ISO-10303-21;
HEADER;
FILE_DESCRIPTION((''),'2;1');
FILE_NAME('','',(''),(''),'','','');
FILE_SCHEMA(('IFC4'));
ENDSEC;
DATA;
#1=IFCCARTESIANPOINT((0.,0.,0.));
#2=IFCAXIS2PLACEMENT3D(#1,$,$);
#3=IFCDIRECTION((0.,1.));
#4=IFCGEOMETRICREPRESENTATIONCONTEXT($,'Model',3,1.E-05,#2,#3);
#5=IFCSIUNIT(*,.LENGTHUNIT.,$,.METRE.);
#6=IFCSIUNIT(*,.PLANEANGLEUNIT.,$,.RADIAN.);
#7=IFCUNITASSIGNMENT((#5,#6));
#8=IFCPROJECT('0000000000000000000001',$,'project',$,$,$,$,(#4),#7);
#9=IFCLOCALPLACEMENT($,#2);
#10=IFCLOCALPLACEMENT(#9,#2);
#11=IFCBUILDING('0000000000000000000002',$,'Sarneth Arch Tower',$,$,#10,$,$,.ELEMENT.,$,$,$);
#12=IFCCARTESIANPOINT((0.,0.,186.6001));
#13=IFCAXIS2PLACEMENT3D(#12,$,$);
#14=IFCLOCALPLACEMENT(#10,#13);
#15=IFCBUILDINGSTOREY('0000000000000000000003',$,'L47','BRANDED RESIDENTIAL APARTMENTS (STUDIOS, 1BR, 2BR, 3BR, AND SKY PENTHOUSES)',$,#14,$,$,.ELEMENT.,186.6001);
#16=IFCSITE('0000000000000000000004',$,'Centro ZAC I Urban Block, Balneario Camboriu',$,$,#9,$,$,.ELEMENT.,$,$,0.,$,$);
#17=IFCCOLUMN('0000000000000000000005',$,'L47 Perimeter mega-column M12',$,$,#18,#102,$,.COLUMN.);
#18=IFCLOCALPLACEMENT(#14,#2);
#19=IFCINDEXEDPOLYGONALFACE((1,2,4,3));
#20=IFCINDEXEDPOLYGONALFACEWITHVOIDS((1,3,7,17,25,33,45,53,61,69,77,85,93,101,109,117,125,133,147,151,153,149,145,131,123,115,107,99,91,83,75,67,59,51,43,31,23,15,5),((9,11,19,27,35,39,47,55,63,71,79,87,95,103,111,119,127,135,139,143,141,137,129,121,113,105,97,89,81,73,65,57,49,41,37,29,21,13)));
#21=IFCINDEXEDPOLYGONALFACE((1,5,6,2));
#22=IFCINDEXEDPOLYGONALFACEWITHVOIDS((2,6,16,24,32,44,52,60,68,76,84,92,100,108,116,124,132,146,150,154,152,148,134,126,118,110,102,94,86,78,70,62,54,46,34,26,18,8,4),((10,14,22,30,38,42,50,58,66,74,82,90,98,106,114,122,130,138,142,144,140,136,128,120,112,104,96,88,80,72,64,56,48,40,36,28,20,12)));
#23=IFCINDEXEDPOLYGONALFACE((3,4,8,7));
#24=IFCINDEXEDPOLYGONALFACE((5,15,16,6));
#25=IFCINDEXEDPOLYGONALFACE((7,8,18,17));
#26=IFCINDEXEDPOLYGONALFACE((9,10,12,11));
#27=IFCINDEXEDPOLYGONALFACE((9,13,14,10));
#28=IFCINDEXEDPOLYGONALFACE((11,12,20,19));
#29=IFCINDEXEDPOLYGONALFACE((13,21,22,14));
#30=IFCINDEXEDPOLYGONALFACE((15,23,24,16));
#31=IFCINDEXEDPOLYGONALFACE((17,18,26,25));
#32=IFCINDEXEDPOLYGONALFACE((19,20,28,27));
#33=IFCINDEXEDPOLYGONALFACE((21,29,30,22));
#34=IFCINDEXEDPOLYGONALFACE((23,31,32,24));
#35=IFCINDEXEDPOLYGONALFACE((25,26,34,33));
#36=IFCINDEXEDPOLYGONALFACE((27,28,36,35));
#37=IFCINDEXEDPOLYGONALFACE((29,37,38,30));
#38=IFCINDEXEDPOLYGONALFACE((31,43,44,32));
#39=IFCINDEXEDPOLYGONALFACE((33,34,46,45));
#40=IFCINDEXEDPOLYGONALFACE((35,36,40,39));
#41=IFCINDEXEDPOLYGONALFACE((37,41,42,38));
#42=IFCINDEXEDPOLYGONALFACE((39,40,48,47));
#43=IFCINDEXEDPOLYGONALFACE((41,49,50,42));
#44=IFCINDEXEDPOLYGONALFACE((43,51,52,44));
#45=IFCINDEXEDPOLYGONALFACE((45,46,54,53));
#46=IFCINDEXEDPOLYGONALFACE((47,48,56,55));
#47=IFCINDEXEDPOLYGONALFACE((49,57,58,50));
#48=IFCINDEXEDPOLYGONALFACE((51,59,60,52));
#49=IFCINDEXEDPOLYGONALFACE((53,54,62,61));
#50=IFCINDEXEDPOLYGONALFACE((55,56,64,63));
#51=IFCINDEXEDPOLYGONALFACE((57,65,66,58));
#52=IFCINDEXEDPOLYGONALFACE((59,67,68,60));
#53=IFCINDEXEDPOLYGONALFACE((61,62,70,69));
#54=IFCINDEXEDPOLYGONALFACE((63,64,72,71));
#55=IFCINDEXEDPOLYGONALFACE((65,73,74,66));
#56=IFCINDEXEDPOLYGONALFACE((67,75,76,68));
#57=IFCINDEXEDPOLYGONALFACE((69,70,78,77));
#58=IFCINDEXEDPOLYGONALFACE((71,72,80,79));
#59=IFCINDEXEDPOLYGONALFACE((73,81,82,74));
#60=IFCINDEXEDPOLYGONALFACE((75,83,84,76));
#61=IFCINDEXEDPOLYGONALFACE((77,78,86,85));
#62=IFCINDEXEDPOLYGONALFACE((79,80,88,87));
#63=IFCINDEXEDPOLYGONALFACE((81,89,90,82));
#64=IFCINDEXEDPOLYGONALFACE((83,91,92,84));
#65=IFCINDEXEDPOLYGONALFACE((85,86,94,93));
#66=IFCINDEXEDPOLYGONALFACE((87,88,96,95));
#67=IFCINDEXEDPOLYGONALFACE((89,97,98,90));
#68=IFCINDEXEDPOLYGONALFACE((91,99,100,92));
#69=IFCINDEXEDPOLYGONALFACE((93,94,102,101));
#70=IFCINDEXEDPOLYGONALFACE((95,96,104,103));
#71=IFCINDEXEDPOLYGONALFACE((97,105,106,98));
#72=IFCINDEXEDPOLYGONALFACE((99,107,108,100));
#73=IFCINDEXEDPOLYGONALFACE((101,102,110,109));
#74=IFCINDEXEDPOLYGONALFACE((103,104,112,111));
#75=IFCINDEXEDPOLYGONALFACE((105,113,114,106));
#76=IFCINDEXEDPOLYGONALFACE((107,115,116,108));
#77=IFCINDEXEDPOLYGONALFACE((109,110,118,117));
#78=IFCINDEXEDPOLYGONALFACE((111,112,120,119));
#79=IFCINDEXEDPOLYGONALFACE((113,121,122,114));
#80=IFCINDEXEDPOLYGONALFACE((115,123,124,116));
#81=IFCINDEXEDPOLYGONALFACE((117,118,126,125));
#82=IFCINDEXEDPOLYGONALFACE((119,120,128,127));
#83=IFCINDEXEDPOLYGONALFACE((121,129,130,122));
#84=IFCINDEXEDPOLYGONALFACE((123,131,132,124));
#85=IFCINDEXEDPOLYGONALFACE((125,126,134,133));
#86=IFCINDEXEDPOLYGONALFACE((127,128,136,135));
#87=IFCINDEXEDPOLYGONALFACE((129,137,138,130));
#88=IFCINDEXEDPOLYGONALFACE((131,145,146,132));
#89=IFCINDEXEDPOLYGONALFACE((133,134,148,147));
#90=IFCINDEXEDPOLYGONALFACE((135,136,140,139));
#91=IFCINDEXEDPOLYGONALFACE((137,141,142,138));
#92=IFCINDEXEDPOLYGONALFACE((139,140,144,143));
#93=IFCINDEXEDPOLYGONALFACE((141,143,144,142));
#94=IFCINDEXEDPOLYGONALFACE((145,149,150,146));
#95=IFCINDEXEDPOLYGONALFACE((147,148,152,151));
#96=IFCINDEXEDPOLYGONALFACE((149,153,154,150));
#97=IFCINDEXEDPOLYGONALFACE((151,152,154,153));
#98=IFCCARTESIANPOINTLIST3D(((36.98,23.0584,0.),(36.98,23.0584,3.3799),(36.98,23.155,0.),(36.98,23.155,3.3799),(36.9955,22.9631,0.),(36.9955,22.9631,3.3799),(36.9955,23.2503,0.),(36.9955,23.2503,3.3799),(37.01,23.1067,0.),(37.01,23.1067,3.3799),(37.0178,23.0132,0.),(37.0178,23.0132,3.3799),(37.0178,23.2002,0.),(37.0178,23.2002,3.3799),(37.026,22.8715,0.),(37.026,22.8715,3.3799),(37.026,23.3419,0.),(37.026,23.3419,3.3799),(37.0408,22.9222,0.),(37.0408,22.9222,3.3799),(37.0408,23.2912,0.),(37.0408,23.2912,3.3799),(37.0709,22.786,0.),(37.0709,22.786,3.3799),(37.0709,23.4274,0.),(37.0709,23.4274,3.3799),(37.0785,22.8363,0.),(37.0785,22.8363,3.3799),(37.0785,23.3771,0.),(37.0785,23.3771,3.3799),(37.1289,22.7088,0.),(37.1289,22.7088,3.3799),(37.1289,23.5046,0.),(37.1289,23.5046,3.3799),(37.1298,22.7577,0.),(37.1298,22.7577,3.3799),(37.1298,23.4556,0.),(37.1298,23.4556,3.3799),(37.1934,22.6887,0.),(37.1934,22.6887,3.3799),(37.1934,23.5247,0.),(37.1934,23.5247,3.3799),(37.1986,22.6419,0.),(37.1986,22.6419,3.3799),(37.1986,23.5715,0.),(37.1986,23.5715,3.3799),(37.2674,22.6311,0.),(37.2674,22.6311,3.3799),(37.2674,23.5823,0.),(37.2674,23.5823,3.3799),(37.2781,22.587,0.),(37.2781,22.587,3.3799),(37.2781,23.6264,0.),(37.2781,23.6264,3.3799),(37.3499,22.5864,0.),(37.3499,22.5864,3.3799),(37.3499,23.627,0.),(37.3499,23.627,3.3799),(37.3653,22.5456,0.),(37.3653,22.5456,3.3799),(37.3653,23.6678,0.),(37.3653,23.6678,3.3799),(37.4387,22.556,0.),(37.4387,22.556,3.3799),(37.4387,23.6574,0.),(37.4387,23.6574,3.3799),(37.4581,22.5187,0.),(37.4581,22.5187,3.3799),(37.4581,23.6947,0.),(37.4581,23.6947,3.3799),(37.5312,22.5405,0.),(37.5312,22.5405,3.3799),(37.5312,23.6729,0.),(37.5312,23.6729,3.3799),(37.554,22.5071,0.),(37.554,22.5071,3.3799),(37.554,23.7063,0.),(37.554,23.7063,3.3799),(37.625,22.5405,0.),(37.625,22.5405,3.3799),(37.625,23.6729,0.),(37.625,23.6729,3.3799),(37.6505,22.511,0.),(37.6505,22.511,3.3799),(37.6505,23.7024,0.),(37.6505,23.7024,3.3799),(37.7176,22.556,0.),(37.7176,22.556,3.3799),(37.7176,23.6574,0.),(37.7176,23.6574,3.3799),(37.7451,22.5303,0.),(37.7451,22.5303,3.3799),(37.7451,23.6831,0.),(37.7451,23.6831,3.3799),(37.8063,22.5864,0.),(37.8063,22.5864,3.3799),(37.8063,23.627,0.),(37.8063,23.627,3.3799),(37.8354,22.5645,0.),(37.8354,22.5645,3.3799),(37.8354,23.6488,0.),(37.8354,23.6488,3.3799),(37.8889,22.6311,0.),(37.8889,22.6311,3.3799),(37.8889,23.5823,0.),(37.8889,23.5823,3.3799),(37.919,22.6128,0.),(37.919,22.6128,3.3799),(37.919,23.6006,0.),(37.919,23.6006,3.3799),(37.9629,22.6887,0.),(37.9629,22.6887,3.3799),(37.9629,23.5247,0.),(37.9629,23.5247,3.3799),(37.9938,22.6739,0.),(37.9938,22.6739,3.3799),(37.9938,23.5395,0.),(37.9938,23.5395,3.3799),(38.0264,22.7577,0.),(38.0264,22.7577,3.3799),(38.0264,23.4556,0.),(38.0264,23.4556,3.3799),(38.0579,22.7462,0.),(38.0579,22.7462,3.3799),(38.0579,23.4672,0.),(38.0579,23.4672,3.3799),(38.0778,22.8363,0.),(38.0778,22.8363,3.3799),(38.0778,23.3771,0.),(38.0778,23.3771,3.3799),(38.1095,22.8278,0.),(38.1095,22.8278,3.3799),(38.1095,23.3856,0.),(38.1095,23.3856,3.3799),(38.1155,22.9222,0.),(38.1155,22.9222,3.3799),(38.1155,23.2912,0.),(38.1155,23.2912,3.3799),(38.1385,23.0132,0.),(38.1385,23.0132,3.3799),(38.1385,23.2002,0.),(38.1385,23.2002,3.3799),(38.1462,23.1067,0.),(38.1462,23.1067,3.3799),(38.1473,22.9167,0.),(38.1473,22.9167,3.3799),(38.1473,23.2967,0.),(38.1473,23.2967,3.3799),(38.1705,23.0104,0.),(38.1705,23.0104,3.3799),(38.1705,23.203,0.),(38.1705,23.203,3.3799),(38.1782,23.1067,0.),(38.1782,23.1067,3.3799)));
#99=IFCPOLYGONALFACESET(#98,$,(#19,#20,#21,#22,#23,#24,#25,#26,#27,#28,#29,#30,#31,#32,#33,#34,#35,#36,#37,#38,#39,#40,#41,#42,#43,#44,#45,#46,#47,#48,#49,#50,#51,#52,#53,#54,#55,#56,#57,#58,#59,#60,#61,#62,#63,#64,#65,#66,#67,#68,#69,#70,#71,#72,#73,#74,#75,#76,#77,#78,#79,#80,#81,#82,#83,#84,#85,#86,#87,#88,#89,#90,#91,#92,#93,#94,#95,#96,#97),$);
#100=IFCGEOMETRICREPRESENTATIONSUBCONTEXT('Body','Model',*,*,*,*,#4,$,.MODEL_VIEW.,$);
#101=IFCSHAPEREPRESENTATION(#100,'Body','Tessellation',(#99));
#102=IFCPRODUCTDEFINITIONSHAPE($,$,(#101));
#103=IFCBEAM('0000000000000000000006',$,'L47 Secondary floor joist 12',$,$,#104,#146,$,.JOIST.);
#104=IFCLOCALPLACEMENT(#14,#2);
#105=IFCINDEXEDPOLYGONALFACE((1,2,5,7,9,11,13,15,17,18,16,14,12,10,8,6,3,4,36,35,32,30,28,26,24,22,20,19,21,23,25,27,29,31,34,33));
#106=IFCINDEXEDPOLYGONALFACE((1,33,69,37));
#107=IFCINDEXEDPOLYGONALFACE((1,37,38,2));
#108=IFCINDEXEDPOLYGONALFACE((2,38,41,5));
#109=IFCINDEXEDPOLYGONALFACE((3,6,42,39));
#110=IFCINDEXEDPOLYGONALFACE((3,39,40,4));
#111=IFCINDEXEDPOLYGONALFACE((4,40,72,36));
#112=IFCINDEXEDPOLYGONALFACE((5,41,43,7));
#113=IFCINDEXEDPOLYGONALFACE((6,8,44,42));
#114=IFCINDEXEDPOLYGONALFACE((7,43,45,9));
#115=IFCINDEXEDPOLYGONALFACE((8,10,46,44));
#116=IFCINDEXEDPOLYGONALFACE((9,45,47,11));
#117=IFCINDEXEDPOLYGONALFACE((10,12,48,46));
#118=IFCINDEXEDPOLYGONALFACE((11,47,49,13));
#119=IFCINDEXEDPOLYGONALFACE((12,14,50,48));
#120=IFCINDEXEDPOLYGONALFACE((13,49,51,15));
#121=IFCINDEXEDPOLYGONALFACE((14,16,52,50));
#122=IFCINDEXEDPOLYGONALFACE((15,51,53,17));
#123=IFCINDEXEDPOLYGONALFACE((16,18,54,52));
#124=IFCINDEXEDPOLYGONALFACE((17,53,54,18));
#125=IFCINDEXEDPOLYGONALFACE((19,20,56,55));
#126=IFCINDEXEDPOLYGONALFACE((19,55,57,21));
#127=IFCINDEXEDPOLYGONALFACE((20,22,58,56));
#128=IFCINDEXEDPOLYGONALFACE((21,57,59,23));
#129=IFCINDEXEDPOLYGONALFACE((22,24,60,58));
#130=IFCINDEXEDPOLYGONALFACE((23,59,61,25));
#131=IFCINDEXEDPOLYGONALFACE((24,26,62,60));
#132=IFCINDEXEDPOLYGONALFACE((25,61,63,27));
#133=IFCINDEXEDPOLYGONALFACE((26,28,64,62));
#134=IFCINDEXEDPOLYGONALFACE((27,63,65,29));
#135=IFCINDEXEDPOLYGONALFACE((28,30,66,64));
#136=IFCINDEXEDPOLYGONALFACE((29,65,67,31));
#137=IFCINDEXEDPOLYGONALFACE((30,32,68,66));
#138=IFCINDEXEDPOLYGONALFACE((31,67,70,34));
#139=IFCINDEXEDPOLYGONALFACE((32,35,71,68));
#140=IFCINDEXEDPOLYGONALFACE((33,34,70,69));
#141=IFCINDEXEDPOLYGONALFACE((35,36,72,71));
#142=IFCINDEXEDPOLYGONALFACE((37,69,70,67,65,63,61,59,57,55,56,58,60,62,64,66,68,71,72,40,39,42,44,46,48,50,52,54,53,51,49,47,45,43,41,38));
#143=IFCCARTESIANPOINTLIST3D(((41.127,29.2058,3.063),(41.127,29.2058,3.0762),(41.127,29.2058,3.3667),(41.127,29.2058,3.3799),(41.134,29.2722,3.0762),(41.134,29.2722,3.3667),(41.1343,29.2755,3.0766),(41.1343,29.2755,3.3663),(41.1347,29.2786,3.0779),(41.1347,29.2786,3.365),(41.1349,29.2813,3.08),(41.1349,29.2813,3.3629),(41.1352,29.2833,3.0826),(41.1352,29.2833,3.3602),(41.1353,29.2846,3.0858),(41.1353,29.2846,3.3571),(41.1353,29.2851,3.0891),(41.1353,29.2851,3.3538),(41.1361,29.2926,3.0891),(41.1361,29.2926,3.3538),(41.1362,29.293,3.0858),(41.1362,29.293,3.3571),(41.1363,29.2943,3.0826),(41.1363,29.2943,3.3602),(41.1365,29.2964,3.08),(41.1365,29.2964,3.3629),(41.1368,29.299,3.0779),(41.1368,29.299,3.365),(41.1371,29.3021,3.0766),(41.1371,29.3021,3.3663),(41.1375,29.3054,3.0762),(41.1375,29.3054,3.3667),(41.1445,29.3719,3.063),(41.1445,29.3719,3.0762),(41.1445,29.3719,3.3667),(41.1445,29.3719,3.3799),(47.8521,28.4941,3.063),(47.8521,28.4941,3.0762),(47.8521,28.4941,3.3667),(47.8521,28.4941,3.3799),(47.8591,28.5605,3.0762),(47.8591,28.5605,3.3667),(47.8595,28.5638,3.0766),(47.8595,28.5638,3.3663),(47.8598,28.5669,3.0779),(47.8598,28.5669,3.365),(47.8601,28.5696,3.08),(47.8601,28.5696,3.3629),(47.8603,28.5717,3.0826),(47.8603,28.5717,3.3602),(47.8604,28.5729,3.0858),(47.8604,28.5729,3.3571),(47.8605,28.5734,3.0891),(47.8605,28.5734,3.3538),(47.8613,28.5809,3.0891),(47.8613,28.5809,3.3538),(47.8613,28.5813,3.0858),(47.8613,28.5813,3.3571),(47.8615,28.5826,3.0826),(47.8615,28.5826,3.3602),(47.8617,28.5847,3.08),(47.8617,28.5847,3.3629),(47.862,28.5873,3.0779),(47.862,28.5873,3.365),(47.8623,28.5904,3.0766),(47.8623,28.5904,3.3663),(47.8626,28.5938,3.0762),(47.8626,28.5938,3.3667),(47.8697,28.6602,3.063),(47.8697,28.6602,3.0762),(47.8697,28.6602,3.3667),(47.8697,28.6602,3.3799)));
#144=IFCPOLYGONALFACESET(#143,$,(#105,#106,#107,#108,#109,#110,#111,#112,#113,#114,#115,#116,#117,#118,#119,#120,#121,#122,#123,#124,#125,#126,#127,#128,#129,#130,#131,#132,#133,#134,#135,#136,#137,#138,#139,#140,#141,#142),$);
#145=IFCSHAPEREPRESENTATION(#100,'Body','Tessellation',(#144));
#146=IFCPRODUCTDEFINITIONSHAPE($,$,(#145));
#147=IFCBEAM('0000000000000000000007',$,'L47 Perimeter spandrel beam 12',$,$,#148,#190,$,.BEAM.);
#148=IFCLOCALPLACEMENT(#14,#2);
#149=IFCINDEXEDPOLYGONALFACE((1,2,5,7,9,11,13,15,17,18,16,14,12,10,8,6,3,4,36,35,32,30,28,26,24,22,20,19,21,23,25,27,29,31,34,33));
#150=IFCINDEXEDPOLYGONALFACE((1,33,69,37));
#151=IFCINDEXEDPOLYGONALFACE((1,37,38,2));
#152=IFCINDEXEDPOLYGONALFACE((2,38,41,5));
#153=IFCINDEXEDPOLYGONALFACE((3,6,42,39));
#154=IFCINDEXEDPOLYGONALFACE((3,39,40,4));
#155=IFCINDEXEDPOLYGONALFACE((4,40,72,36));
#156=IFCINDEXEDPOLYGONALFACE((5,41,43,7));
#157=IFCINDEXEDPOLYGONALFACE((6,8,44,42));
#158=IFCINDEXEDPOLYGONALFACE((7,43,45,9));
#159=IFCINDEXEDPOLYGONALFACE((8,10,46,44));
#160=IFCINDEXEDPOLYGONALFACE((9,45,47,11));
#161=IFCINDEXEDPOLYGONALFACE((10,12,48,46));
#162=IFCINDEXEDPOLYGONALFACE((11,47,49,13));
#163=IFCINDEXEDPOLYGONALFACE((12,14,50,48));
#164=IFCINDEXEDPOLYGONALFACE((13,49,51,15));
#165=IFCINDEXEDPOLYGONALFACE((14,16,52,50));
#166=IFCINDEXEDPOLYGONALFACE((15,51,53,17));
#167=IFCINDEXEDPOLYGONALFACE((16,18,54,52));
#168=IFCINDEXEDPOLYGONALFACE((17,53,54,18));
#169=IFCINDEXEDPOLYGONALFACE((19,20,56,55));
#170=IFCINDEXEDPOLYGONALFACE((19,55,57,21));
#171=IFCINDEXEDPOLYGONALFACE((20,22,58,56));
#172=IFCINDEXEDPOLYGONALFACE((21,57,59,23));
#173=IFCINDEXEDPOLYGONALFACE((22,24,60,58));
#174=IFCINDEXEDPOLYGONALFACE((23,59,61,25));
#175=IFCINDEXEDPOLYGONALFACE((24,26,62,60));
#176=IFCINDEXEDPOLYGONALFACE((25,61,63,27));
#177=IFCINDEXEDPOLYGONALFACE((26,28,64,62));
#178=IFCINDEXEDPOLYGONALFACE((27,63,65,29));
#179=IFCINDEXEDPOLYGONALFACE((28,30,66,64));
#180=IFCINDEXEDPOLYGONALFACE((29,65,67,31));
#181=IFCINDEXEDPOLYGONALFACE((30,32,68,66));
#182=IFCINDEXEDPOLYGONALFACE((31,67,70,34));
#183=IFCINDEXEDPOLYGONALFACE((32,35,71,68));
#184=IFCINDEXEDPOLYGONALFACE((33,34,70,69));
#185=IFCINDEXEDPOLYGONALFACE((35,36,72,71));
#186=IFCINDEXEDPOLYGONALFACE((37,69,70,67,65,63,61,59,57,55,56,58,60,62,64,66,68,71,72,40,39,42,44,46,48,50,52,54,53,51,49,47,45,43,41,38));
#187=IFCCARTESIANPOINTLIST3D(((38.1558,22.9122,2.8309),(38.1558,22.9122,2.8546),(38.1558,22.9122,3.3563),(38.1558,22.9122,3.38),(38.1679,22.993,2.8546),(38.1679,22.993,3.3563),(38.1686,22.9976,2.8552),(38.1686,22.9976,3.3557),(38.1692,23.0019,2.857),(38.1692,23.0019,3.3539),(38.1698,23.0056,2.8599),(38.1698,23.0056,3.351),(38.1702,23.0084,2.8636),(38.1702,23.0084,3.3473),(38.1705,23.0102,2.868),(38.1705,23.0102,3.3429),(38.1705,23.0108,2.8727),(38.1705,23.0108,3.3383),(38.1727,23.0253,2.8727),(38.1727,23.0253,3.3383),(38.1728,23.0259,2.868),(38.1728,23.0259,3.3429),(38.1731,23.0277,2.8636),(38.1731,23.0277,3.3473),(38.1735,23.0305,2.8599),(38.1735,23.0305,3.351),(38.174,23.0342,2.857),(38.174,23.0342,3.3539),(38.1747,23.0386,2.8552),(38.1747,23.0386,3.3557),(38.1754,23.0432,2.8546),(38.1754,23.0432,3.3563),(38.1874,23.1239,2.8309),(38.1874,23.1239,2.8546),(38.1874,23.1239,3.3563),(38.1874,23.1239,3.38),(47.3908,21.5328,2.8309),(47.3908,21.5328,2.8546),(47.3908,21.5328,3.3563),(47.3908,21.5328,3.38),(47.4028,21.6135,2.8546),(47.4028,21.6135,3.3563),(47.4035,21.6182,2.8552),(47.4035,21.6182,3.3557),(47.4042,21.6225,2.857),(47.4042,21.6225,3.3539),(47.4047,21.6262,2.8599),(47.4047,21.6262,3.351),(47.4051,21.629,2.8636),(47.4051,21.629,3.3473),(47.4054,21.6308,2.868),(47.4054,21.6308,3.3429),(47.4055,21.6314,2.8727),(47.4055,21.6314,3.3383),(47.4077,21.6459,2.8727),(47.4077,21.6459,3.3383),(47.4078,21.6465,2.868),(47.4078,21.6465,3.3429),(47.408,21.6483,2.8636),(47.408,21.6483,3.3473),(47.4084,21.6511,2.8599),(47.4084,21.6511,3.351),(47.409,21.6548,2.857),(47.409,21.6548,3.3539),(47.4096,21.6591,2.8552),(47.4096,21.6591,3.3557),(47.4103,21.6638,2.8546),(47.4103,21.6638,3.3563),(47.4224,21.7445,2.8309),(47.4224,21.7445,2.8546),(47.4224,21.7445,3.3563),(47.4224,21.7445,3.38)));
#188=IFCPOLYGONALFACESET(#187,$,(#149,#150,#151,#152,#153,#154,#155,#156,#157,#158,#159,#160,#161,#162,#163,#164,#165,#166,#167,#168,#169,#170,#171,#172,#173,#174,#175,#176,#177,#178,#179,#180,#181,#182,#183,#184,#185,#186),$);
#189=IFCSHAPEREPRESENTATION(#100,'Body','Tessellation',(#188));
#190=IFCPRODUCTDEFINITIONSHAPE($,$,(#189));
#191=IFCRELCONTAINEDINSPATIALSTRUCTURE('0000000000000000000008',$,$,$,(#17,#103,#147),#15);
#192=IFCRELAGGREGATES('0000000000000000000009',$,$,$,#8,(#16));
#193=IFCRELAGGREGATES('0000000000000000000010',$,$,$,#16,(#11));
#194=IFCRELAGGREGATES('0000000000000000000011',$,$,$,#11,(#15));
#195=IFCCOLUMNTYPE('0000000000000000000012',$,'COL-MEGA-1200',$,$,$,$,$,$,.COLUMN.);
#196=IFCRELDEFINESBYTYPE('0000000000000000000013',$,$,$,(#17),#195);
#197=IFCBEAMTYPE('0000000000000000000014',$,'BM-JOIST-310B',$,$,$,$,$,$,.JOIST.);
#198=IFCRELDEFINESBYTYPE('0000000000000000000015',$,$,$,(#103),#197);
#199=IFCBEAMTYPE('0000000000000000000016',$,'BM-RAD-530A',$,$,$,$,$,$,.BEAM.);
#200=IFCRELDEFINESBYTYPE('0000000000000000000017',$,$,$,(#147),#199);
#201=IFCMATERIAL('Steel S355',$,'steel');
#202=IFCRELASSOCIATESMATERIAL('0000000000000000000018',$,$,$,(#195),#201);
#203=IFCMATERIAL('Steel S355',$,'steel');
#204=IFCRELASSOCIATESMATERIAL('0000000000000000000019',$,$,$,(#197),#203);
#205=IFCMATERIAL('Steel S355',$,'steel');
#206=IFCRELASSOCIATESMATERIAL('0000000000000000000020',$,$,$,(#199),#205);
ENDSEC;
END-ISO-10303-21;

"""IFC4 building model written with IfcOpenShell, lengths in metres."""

from ifc_helpers import new_model, si_unit, direction, frame, origin, origin_2d, place, context, subcontext, project, spatial, hollow_circle, i_section, extrude, material, material_profile, profile_set, type_object, element, save


model = new_model("IFC4")

# Units and contexts
model_context = context("Model", 3, precision=1e-05, world=origin(), true_north=direction((0.0, 1.0)))
body_context = subcontext(model_context, "Body", "Model", "MODEL_VIEW")
ifc_project = project(units=[si_unit("LENGTHUNIT", "METRE"), si_unit("PLANEANGLEUNIT", "RADIAN")], contexts=[model_context])

# Site, building, storey
site_placement = place(None, origin())
site = spatial("IfcSite", under=ifc_project, at=site_placement, Name="Centro ZAC I Urban Block, Balneario Camboriu", CompositionType="ELEMENT", RefElevation=0.0)
building_placement = place(site_placement, origin())
building = spatial("IfcBuilding", under=site, at=building_placement, Name="Sarneth Arch Tower", CompositionType="ELEMENT")
storey_placement = place(building_placement, frame((0.0, 0.0, 186.6001)))
storey = spatial("IfcBuildingStorey", under=building, at=storey_placement, Name="L47", Description="BRANDED RESIDENTIAL APARTMENTS (STUDIOS, 1BR, 2BR, 3BR, AND SKY PENTHOUSES)", CompositionType="ELEMENT", Elevation=186.6001)

# Column
ifc_material_1 = material(Name="Steel S355", Category="steel")
ifc_material_profile_1 = material_profile(ifc_material_1, hollow_circle(Radius=0.6001, WallThickness=0.032, at=origin_2d()), Name="CHS1200x32")
ifc_profile_set_1 = profile_set([ifc_material_profile_1], Name="Steel S355")
column_type = type_object("IfcColumnType", Name="COL-MEGA-1200", PredefinedType="COLUMN", material=ifc_profile_set_1)
column_placement = place(storey_placement, frame((37.5781, 23.1067, 0.0), z_axis=(0.0, 0.0, 1.0), x_axis=(1.0, 0.0, 0.0)))
element("IfcColumn", 1, at=column_placement, inside=storey, type_object=column_type, Name="L47 Perimeter mega-column M12", PredefinedType="COLUMN", context=body_context, shape_type="SweptSolid", body=[
    extrude(hollow_circle(Radius=0.6001, WallThickness=0.032, at=origin_2d()), origin(), (0.0, 0.0, 1.0), 3.3799),
])

# Beams
ifc_material_2 = material(Name="Steel S355", Category="steel")
ifc_material_profile_2 = material_profile(ifc_material_2, i_section(OverallWidth=0.167, OverallDepth=0.3169, WebThickness=0.0076, FlangeThickness=0.0132, FilletRadius=0.0129, at=origin_2d()), Name="W310x52")
ifc_profile_set_2 = profile_set([ifc_material_profile_2], Name="Steel S355")
beam_type_1 = type_object("IfcBeamType", Name="BM-JOIST-310B", PredefinedType="JOIST", material=ifc_profile_set_2)
beam_1_placement = place(storey_placement, frame((41.1357, 29.2888, 3.2214), z_axis=(0.994447, -0.105235, 0.0), x_axis=(0.105235, 0.994447, 0.0)))
element("IfcBeam", 2, at=beam_1_placement, inside=storey, type_object=beam_type_1, Name="L47 Secondary floor joist 12", PredefinedType="JOIST", context=body_context, shape_type="SweptSolid", body=[
    extrude(i_section(OverallWidth=0.167, OverallDepth=0.3169, WebThickness=0.0076, FlangeThickness=0.0132, FilletRadius=0.0129, at=origin_2d()), origin(), (0.0, 0.0, 1.0), 6.7627),
])
ifc_material_3 = material(Name="Steel S355", Category="steel")
ifc_material_profile_3 = material_profile(ifc_material_3, i_section(OverallWidth=0.2141, OverallDepth=0.5491, WebThickness=0.0146, FlangeThickness=0.0237, FilletRadius=0.0181, at=origin_2d()), Name="W530x138")
ifc_profile_set_3 = profile_set([ifc_material_profile_3], Name="Steel S355")
beam_type_2 = type_object("IfcBeamType", Name="BM-RAD-530A", PredefinedType="BEAM", material=ifc_profile_set_3)
beam_2_placement = place(storey_placement, frame((38.1716, 23.0181, 3.1055), z_axis=(0.989028, -0.147729, 0.0), x_axis=(0.147729, 0.989028, 0.0)))
element("IfcBeam", 3, at=beam_2_placement, inside=storey, type_object=beam_type_2, Name="L47 Perimeter spandrel beam 12", PredefinedType="BEAM", context=body_context, shape_type="SweptSolid", body=[
    extrude(i_section(OverallWidth=0.2141, OverallDepth=0.5491, WebThickness=0.0146, FlangeThickness=0.0237, FilletRadius=0.0181, at=origin_2d()), origin(), (0.0, 0.0, 1.0), 9.3374),
])

save(model, "model.ifc")
